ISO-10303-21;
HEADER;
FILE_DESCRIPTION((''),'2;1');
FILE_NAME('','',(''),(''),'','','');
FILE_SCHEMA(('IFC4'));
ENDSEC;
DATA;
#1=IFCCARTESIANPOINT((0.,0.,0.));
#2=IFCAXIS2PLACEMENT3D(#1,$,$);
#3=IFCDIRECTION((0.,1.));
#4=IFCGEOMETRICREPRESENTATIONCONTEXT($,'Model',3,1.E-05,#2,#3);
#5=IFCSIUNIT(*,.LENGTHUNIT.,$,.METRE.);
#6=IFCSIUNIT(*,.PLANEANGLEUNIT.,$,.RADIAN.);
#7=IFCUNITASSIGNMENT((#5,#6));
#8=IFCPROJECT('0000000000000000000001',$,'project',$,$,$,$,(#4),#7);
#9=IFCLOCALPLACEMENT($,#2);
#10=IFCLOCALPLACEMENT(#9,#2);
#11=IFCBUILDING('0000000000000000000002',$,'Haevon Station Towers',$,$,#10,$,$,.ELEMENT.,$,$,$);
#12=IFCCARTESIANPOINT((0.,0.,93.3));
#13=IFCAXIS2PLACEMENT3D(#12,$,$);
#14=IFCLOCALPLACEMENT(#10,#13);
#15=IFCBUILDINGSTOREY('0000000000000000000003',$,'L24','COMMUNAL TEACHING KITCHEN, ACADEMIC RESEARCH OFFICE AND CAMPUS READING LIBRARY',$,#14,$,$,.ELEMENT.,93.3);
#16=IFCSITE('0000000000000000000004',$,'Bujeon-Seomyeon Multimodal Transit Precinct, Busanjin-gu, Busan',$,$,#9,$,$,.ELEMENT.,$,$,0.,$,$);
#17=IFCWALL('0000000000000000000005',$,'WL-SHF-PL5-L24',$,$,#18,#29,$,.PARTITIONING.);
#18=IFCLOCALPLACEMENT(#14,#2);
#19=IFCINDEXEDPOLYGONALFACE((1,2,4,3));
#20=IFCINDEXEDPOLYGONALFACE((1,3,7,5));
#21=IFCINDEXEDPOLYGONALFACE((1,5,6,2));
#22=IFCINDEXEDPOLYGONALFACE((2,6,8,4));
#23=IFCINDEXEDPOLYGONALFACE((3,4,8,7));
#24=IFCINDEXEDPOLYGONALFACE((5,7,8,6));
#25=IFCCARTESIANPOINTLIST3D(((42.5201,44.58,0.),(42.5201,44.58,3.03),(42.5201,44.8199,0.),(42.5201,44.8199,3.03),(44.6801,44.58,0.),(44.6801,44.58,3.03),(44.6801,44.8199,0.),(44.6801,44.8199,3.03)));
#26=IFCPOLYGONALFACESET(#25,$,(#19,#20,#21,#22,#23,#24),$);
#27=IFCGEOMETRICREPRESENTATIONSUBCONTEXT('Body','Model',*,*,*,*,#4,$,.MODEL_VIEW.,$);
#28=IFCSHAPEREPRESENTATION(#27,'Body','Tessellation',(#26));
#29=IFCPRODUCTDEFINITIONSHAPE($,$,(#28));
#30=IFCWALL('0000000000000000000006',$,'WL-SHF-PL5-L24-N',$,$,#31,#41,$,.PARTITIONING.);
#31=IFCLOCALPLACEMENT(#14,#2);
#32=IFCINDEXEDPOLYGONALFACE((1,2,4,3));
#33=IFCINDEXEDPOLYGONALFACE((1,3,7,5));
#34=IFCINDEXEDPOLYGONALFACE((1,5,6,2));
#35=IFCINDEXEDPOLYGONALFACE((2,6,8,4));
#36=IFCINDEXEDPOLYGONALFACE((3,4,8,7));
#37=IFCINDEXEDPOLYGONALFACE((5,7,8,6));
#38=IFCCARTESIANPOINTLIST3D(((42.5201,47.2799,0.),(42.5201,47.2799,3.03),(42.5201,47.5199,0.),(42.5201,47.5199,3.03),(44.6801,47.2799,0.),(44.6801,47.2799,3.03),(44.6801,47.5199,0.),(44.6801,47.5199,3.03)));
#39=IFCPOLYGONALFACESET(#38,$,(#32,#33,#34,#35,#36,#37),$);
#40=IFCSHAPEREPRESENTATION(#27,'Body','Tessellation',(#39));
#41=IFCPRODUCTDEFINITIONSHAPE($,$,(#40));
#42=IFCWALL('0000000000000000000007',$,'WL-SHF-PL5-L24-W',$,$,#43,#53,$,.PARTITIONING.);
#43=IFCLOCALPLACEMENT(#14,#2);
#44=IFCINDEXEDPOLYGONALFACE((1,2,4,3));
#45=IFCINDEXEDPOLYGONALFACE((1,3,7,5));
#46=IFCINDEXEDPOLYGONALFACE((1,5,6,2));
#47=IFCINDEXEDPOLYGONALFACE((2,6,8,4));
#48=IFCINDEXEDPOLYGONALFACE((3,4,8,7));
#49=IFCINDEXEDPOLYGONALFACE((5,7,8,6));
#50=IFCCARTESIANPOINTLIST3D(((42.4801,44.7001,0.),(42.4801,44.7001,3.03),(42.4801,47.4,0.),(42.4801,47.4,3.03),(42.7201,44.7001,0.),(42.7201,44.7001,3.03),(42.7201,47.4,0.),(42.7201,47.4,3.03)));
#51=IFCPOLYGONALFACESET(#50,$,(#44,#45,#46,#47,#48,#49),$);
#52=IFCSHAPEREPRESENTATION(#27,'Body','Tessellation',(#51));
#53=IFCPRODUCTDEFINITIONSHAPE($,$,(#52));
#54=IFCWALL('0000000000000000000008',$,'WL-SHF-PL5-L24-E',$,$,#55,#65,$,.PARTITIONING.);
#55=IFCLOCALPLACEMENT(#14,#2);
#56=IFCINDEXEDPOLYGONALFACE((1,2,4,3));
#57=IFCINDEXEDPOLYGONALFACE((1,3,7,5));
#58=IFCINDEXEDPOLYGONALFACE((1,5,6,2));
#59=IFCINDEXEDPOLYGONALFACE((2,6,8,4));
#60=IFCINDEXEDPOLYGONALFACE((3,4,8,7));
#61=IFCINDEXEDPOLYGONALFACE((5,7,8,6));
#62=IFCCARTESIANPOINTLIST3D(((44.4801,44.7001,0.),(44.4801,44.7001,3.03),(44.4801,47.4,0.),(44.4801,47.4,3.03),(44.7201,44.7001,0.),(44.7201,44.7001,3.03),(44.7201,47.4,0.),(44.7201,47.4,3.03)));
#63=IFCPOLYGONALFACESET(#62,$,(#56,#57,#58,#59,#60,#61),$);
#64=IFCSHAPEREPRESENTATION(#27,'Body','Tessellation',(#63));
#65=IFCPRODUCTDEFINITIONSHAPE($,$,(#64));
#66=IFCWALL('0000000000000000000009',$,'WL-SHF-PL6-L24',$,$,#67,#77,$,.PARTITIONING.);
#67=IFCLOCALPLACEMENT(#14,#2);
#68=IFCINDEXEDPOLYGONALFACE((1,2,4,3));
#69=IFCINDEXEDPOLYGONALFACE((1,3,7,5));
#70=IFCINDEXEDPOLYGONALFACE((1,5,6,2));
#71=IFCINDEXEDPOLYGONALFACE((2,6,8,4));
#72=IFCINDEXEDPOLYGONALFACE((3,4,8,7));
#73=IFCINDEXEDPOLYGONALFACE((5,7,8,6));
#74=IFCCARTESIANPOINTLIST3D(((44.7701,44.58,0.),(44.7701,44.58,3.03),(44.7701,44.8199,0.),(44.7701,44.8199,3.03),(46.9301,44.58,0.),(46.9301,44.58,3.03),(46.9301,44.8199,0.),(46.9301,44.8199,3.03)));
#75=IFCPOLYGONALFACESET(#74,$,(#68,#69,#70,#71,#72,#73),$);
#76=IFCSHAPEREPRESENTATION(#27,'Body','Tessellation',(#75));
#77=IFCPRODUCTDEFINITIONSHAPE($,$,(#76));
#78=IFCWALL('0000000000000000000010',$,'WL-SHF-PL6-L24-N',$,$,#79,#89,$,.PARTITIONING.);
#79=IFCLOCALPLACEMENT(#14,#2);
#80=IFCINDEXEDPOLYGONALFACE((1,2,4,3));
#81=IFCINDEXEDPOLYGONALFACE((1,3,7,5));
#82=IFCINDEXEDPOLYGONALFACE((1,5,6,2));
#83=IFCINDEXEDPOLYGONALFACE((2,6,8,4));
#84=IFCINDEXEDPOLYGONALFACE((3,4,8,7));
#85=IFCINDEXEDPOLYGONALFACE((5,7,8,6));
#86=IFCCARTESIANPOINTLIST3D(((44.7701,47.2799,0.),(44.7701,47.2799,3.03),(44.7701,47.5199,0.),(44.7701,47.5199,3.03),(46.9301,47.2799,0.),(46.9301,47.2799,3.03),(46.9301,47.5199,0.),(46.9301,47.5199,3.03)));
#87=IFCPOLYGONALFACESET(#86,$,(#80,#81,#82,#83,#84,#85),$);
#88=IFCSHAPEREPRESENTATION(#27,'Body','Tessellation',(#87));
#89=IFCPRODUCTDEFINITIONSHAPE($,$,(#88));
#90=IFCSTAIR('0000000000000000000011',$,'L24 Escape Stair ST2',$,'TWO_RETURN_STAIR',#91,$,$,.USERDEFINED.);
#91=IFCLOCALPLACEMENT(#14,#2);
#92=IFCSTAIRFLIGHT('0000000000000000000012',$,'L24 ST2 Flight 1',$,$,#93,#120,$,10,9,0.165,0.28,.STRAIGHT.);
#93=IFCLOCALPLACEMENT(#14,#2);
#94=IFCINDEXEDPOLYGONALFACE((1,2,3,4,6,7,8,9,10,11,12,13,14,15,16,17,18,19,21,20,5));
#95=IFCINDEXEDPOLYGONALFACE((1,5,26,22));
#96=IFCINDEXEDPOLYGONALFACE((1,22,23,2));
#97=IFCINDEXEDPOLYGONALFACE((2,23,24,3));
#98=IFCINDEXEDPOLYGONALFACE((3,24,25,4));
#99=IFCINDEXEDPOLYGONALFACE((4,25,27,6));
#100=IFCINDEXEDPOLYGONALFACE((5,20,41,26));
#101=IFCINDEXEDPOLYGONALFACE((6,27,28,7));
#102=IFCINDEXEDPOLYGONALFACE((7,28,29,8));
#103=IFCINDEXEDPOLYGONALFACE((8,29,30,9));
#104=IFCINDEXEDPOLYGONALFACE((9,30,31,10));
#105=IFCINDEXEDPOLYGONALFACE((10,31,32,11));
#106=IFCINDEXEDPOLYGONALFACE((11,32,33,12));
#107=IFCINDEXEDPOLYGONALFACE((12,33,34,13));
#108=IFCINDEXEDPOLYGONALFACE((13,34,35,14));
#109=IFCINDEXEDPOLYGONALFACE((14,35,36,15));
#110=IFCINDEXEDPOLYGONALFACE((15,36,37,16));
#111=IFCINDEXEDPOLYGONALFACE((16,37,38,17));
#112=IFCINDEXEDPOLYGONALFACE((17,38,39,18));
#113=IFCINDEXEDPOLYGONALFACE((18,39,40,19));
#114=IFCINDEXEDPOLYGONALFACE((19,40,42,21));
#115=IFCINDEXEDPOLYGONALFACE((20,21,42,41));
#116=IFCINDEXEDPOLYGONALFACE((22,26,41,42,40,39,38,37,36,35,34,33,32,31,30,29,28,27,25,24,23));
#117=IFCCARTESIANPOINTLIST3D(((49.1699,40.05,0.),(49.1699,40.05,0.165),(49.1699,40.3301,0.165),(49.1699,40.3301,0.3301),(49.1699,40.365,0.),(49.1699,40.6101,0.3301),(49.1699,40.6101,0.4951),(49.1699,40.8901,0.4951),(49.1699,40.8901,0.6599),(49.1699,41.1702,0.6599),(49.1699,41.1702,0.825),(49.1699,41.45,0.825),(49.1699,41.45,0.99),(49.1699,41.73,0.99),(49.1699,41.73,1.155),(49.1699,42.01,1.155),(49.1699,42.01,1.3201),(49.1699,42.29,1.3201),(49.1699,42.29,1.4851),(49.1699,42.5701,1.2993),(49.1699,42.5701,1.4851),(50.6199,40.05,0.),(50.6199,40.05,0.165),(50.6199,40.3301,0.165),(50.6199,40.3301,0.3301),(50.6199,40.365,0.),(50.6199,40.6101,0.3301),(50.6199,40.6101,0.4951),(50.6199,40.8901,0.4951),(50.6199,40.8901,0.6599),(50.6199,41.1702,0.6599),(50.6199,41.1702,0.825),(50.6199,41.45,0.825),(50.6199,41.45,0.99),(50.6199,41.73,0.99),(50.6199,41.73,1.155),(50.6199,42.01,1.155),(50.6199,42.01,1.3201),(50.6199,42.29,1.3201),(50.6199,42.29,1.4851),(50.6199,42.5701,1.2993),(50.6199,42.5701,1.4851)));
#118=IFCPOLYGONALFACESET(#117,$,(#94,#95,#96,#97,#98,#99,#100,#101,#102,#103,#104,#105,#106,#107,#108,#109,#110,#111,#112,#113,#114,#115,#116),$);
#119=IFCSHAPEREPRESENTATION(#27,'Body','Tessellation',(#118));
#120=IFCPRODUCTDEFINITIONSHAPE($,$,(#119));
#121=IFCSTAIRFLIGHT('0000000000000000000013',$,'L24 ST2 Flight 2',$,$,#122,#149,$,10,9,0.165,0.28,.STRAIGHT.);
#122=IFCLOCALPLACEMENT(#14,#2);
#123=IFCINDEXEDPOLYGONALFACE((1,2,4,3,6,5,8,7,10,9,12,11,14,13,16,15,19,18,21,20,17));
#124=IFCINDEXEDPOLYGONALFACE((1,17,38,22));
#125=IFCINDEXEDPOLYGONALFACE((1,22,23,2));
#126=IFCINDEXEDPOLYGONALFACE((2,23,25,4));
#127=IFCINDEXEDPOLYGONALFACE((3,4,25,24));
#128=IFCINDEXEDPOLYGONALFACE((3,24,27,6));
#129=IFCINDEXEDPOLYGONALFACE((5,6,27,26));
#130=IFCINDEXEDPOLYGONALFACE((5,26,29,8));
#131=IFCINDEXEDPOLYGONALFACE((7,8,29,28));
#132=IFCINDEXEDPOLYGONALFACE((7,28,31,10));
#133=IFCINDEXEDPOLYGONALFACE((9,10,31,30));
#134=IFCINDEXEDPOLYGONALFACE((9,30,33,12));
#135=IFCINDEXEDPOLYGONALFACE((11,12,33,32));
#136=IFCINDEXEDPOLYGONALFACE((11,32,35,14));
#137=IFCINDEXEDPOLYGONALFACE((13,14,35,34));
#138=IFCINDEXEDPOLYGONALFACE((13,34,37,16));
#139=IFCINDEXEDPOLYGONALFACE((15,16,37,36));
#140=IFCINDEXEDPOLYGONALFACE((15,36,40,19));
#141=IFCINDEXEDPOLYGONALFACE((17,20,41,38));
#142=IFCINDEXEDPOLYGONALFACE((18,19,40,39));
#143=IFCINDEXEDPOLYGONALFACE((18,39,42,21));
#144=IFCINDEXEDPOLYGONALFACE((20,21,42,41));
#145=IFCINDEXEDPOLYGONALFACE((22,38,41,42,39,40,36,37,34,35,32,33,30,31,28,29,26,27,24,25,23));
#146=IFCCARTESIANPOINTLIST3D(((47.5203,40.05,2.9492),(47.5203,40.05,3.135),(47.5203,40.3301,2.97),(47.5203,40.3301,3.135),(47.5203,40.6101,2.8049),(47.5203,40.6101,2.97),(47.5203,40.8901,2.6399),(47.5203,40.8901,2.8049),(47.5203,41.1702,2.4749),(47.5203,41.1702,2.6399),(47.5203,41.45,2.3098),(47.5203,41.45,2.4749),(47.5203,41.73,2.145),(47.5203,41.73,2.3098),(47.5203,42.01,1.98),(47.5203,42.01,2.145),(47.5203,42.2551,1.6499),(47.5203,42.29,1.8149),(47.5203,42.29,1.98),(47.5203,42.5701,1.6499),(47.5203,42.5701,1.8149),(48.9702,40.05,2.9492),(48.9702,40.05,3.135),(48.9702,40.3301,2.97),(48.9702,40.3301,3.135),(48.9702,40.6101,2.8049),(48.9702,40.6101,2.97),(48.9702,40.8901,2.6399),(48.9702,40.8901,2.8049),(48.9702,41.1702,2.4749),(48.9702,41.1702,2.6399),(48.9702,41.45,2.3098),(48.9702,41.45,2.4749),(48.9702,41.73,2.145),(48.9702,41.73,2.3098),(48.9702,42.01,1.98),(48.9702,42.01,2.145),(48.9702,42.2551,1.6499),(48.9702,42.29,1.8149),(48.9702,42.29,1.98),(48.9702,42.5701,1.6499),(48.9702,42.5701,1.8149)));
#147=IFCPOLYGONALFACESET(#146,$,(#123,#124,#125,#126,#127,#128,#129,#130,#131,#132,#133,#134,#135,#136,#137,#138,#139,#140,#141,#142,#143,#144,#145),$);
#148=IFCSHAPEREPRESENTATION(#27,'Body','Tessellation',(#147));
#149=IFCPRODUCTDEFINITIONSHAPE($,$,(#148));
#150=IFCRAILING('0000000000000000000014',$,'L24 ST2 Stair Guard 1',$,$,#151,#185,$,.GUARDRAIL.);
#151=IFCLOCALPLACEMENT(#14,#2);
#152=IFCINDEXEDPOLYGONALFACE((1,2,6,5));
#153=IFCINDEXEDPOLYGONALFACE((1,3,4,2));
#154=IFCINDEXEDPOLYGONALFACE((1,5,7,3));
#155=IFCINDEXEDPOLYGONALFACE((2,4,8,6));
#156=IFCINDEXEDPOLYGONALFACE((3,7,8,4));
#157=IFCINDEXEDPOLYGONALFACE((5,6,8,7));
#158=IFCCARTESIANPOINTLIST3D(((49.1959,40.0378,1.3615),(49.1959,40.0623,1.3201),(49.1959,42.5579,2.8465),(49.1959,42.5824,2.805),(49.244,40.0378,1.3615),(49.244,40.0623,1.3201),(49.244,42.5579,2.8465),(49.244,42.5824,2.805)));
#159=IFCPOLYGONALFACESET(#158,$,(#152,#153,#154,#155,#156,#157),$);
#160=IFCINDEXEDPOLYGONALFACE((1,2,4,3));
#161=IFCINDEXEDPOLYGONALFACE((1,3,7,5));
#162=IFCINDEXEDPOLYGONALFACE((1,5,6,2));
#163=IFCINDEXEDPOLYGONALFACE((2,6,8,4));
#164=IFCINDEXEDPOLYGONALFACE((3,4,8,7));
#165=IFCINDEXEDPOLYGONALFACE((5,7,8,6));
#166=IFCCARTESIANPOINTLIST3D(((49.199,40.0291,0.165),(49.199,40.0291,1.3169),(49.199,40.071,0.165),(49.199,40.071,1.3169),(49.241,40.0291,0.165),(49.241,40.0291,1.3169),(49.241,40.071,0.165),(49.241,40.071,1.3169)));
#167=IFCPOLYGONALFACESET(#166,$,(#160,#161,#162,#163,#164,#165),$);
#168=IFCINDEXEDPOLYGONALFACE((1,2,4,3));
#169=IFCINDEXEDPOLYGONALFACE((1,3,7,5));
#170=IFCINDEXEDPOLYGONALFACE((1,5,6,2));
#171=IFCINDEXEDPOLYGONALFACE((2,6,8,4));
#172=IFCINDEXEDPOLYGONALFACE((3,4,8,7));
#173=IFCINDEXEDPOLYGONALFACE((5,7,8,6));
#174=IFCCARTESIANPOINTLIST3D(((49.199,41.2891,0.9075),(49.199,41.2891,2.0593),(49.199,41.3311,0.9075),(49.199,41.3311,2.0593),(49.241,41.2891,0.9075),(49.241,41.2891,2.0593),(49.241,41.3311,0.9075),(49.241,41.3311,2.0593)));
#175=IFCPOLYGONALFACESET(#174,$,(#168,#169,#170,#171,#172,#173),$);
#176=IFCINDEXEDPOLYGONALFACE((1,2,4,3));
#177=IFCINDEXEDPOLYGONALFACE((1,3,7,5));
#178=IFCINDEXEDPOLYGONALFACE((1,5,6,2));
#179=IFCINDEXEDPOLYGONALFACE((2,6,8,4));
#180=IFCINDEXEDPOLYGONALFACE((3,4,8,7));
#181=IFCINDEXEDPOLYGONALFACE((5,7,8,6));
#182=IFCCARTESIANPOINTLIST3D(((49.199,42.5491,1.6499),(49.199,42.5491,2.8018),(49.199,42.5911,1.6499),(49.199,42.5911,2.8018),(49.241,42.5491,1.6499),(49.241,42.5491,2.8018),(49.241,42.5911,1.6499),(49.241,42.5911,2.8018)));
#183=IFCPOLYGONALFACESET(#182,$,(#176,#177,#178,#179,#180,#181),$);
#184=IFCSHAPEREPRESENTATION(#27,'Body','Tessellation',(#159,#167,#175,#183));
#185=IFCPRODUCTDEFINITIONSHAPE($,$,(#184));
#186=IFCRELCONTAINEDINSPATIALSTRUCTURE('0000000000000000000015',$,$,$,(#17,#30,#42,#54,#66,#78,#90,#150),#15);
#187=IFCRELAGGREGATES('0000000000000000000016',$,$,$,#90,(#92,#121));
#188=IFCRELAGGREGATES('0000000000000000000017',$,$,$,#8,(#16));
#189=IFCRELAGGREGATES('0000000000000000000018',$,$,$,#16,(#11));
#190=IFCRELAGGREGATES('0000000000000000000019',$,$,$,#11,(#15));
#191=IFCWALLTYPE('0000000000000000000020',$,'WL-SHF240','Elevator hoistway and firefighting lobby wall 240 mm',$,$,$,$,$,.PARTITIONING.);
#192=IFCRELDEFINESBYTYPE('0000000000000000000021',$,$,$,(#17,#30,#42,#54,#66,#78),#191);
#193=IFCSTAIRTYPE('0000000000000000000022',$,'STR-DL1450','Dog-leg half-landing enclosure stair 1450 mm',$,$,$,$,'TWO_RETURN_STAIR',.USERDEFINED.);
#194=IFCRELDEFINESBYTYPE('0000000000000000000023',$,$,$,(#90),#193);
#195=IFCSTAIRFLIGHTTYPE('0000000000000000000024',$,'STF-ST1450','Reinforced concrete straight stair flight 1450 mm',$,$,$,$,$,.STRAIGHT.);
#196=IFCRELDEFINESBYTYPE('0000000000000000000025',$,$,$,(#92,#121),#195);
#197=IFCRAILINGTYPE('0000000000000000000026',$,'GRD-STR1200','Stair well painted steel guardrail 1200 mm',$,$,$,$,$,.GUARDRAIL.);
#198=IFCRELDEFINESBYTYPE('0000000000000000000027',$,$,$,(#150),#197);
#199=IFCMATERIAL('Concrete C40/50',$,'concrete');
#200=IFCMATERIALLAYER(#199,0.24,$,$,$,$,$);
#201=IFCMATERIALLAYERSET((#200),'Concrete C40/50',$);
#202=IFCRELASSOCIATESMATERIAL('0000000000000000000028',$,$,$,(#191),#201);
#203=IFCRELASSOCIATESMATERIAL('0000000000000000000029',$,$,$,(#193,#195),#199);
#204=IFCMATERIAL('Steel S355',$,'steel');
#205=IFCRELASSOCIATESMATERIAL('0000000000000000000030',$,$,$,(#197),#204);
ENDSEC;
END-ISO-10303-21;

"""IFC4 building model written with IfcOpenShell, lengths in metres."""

from ifc_helpers import new_model, si_unit, direction, frame, frame_2d, origin, origin_2d, place, context, subcontext, project, spatial, polyline, rectangle, outline, extrude, material, layer, layer_set, type_object, element, aggregate, save


model = new_model("IFC4")

# Units and contexts
model_context = context("Model", 3, precision=1e-05, world=origin(), true_north=direction((0.0, 1.0)))
body_context = subcontext(model_context, "Body", "Model", "MODEL_VIEW")
ifc_project = project(units=[si_unit("LENGTHUNIT", "METRE"), si_unit("PLANEANGLEUNIT", "RADIAN")], contexts=[model_context])

# Site, building, storey
site_placement = place(None, origin())
site = spatial("IfcSite", under=ifc_project, at=site_placement, Name="Bujeon-Seomyeon Multimodal Transit Precinct, Busanjin-gu, Busan", CompositionType="ELEMENT", RefElevation=0.0)
building_placement = place(site_placement, origin())
building = spatial("IfcBuilding", under=site, at=building_placement, Name="Haevon Station Towers", CompositionType="ELEMENT")
storey_placement = place(building_placement, frame((0.0, 0.0, 93.3)))
storey = spatial("IfcBuildingStorey", under=building, at=storey_placement, Name="L24", Description="COMMUNAL TEACHING KITCHEN, ACADEMIC RESEARCH OFFICE AND CAMPUS READING LIBRARY", CompositionType="ELEMENT", Elevation=93.3)

# Shared definitions
ifc_material_1 = material(Name="Steel S355", Category="steel")

# Walls
ifc_material_2 = material(Name="Concrete C40/50", Category="concrete")
ifc_layer_1 = layer(ifc_material_2, 0.24)
ifc_layer_set_1 = layer_set([ifc_layer_1], Name="Concrete C40/50")
wall_type_1 = type_object("IfcWallType", Name="WL-SHF240", Description="Elevator hoistway and firefighting lobby wall 240 mm", PredefinedType="PARTITIONING", material=ifc_layer_set_1)
for number, where, z_axis, x_axis, name in (
    (1, (42.52, 44.7, 0.0), (0.0, 0.0, 1.0), (1.0, 0.0, 0.0), "WL-SHF-PL5-L24"),
    (2, (42.52, 47.3999, 0.0), (0.0, 0.0, 1.0), (1.0, 0.0, 0.0), "WL-SHF-PL5-L24-N"),
):
    element("IfcWall", number, at=place(storey_placement, frame(where, z_axis=z_axis, x_axis=x_axis)), inside=storey, type_object=wall_type_1, Name=name, PredefinedType="PARTITIONING", context=body_context, shape_type="SweptSolid", body=[
        extrude(rectangle(XDim=2.1599, YDim=0.24, at=frame_2d((1.0801, 0.0))), origin(), (0.0, 0.0, 1.0), 3.03),
    ])
for number, where, z_axis, x_axis, name in (
    (3, (42.6001, 44.7, 0.0), (0.0, 0.0, 1.0), (0.0, 1.0, 0.0), "WL-SHF-PL5-L24-W"),
    (4, (44.6001, 44.7, 0.0), (0.0, 0.0, 1.0), (0.0, 1.0, 0.0), "WL-SHF-PL5-L24-E"),
):
    element("IfcWall", number, at=place(storey_placement, frame(where, z_axis=z_axis, x_axis=x_axis)), inside=storey, type_object=wall_type_1, Name=name, PredefinedType="PARTITIONING", context=body_context, shape_type="SweptSolid", body=[
        extrude(rectangle(XDim=2.7, YDim=0.24, at=frame_2d((1.3501, 0.0))), origin(), (0.0, 0.0, 1.0), 3.03),
    ])
for number, where, z_axis, x_axis, name in (
    (5, (44.77, 44.7, 0.0), (0.0, 0.0, 1.0), (1.0, 0.0, 0.0), "WL-SHF-PL6-L24"),
    (6, (44.77, 47.3999, 0.0), (0.0, 0.0, 1.0), (1.0, 0.0, 0.0), "WL-SHF-PL6-L24-N"),
):
    element("IfcWall", number, at=place(storey_placement, frame(where, z_axis=z_axis, x_axis=x_axis)), inside=storey, type_object=wall_type_1, Name=name, PredefinedType="PARTITIONING", context=body_context, shape_type="SweptSolid", body=[
        extrude(rectangle(XDim=2.1599, YDim=0.24, at=frame_2d((1.0801, 0.0))), origin(), (0.0, 0.0, 1.0), 3.03),
    ])

# Stair, stair flights
stair_type = type_object("IfcStairType", Name="STR-DL1450", Description="Dog-leg half-landing enclosure stair 1450 mm", ElementType="TWO_RETURN_STAIR", PredefinedType="USERDEFINED", material=ifc_material_2)
stair_placement = place(storey_placement, origin())
stair = element("IfcStair", 7, at=stair_placement, inside=storey, type_object=stair_type, Name="L24 Escape Stair ST2", ObjectType="TWO_RETURN_STAIR", PredefinedType="USERDEFINED")
stair_flight_type = type_object("IfcStairFlightType", Name="STF-ST1450", Description="Reinforced concrete straight stair flight 1450 mm", PredefinedType="STRAIGHT", material=ifc_material_2)
stair_flight_1_placement = place(storey_placement, frame((49.895, 40.05, 0.0), z_axis=(0.0, 0.0, 1.0), x_axis=(0.0, 1.0, 0.0)))
stair_flight_1 = element("IfcStairFlight", 8, at=stair_flight_1_placement, type_object=stair_flight_type, Name="L24 ST2 Flight 1", NumberOfRisers=10, NumberOfTreads=9, PredefinedType="STRAIGHT", RiserHeight=0.165, TreadLength=0.28, context=body_context, shape_type="SweptSolid", body=[
    extrude(outline(polyline([(0.0, 0.0), (0.0, 0.165), (0.28, 0.165), (0.28, 0.3301), (0.5601, 0.3301), (0.5601, 0.4951), (0.8401, 0.4951), (0.8401, 0.6599), (1.1201, 0.6599), (1.1201, 0.825), (1.3999, 0.825), (1.3999, 0.99), (1.6799, 0.99), (1.6799, 1.155), (1.96, 1.155), (1.96, 1.3201), (2.24, 1.3201), (2.24, 1.4851), (2.52, 1.4851), (2.52, 1.6499), (2.52, 1.2993), (0.3149, 0.0), (0.0, 0.0)])), frame((0.0, 0.7251, 0.0), z_axis=(0.0, -1.0, 0.0), x_axis=(1.0, 0.0, 0.0)), (0.0, 0.0, 1.0), 1.45),
])
stair_flight_2_placement = place(storey_placement, frame((48.2451, 42.5701, 1.6499), z_axis=(0.0, 0.0, 1.0), x_axis=(0.0, -1.0, 0.0)))
stair_flight_2 = element("IfcStairFlight", 9, at=stair_flight_2_placement, type_object=stair_flight_type, Name="L24 ST2 Flight 2", NumberOfRisers=10, NumberOfTreads=9, PredefinedType="STRAIGHT", RiserHeight=0.165, TreadLength=0.28, context=body_context, shape_type="SweptSolid", body=[
    extrude(outline(polyline([(0.0, 0.0), (0.0, 0.165), (0.28, 0.165), (0.28, 0.3301), (0.5601, 0.3301), (0.5601, 0.4951), (0.8401, 0.4951), (0.8401, 0.6599), (1.1201, 0.6599), (1.1201, 0.825), (1.3999, 0.825), (1.3999, 0.99), (1.6799, 0.99), (1.6799, 1.155), (1.96, 1.155), (1.96, 1.3201), (2.24, 1.3201), (2.24, 1.4851), (2.52, 1.4851), (2.52, 1.6499), (2.52, 1.2993), (0.3149, 0.0), (0.0, 0.0)])), frame((0.0, 0.7251, 0.0), z_axis=(0.0, -1.0, 0.0), x_axis=(1.0, 0.0, 0.0)), (0.0, 0.0, 1.0), 1.45),
])
aggregate(stair, [stair_flight_1, stair_flight_2])

# Railing
railing_type_1 = type_object("IfcRailingType", Name="GRD-STR1200", Description="Stair well painted steel guardrail 1200 mm", PredefinedType="GUARDRAIL", material=ifc_material_1)
railing_1_placement = place(storey_placement, frame((49.22, 40.05, 0.165)))
element("IfcRailing", 10, at=railing_1_placement, inside=storey, type_object=railing_type_1, Name="L24 ST2 Stair Guard 1", PredefinedType="GUARDRAIL", context=body_context, shape_type="SweptSolid", body=[
    extrude(rectangle(XDim=0.0481, YDim=0.0481, at=origin_2d()), frame((0.0, 0.0, 1.1758), z_axis=(0.0, 0.861561, 0.507655), x_axis=(-1.0, 0.0, 0.0)), (0.0, 0.0, 1.0), 2.925),
    extrude(rectangle(XDim=0.042, YDim=0.042, at=origin_2d()), origin(), (0.0, 0.0, 1.0), 1.1519),
    extrude(rectangle(XDim=0.042, YDim=0.042, at=origin_2d()), frame((0.0, 1.26, 0.7424)), (0.0, 0.0, 1.0), 1.1519),
    extrude(rectangle(XDim=0.042, YDim=0.042, at=origin_2d()), frame((0.0, 2.52, 1.4849)), (0.0, 0.0, 1.0), 1.1519),
])

save(model, "model.ifc")
